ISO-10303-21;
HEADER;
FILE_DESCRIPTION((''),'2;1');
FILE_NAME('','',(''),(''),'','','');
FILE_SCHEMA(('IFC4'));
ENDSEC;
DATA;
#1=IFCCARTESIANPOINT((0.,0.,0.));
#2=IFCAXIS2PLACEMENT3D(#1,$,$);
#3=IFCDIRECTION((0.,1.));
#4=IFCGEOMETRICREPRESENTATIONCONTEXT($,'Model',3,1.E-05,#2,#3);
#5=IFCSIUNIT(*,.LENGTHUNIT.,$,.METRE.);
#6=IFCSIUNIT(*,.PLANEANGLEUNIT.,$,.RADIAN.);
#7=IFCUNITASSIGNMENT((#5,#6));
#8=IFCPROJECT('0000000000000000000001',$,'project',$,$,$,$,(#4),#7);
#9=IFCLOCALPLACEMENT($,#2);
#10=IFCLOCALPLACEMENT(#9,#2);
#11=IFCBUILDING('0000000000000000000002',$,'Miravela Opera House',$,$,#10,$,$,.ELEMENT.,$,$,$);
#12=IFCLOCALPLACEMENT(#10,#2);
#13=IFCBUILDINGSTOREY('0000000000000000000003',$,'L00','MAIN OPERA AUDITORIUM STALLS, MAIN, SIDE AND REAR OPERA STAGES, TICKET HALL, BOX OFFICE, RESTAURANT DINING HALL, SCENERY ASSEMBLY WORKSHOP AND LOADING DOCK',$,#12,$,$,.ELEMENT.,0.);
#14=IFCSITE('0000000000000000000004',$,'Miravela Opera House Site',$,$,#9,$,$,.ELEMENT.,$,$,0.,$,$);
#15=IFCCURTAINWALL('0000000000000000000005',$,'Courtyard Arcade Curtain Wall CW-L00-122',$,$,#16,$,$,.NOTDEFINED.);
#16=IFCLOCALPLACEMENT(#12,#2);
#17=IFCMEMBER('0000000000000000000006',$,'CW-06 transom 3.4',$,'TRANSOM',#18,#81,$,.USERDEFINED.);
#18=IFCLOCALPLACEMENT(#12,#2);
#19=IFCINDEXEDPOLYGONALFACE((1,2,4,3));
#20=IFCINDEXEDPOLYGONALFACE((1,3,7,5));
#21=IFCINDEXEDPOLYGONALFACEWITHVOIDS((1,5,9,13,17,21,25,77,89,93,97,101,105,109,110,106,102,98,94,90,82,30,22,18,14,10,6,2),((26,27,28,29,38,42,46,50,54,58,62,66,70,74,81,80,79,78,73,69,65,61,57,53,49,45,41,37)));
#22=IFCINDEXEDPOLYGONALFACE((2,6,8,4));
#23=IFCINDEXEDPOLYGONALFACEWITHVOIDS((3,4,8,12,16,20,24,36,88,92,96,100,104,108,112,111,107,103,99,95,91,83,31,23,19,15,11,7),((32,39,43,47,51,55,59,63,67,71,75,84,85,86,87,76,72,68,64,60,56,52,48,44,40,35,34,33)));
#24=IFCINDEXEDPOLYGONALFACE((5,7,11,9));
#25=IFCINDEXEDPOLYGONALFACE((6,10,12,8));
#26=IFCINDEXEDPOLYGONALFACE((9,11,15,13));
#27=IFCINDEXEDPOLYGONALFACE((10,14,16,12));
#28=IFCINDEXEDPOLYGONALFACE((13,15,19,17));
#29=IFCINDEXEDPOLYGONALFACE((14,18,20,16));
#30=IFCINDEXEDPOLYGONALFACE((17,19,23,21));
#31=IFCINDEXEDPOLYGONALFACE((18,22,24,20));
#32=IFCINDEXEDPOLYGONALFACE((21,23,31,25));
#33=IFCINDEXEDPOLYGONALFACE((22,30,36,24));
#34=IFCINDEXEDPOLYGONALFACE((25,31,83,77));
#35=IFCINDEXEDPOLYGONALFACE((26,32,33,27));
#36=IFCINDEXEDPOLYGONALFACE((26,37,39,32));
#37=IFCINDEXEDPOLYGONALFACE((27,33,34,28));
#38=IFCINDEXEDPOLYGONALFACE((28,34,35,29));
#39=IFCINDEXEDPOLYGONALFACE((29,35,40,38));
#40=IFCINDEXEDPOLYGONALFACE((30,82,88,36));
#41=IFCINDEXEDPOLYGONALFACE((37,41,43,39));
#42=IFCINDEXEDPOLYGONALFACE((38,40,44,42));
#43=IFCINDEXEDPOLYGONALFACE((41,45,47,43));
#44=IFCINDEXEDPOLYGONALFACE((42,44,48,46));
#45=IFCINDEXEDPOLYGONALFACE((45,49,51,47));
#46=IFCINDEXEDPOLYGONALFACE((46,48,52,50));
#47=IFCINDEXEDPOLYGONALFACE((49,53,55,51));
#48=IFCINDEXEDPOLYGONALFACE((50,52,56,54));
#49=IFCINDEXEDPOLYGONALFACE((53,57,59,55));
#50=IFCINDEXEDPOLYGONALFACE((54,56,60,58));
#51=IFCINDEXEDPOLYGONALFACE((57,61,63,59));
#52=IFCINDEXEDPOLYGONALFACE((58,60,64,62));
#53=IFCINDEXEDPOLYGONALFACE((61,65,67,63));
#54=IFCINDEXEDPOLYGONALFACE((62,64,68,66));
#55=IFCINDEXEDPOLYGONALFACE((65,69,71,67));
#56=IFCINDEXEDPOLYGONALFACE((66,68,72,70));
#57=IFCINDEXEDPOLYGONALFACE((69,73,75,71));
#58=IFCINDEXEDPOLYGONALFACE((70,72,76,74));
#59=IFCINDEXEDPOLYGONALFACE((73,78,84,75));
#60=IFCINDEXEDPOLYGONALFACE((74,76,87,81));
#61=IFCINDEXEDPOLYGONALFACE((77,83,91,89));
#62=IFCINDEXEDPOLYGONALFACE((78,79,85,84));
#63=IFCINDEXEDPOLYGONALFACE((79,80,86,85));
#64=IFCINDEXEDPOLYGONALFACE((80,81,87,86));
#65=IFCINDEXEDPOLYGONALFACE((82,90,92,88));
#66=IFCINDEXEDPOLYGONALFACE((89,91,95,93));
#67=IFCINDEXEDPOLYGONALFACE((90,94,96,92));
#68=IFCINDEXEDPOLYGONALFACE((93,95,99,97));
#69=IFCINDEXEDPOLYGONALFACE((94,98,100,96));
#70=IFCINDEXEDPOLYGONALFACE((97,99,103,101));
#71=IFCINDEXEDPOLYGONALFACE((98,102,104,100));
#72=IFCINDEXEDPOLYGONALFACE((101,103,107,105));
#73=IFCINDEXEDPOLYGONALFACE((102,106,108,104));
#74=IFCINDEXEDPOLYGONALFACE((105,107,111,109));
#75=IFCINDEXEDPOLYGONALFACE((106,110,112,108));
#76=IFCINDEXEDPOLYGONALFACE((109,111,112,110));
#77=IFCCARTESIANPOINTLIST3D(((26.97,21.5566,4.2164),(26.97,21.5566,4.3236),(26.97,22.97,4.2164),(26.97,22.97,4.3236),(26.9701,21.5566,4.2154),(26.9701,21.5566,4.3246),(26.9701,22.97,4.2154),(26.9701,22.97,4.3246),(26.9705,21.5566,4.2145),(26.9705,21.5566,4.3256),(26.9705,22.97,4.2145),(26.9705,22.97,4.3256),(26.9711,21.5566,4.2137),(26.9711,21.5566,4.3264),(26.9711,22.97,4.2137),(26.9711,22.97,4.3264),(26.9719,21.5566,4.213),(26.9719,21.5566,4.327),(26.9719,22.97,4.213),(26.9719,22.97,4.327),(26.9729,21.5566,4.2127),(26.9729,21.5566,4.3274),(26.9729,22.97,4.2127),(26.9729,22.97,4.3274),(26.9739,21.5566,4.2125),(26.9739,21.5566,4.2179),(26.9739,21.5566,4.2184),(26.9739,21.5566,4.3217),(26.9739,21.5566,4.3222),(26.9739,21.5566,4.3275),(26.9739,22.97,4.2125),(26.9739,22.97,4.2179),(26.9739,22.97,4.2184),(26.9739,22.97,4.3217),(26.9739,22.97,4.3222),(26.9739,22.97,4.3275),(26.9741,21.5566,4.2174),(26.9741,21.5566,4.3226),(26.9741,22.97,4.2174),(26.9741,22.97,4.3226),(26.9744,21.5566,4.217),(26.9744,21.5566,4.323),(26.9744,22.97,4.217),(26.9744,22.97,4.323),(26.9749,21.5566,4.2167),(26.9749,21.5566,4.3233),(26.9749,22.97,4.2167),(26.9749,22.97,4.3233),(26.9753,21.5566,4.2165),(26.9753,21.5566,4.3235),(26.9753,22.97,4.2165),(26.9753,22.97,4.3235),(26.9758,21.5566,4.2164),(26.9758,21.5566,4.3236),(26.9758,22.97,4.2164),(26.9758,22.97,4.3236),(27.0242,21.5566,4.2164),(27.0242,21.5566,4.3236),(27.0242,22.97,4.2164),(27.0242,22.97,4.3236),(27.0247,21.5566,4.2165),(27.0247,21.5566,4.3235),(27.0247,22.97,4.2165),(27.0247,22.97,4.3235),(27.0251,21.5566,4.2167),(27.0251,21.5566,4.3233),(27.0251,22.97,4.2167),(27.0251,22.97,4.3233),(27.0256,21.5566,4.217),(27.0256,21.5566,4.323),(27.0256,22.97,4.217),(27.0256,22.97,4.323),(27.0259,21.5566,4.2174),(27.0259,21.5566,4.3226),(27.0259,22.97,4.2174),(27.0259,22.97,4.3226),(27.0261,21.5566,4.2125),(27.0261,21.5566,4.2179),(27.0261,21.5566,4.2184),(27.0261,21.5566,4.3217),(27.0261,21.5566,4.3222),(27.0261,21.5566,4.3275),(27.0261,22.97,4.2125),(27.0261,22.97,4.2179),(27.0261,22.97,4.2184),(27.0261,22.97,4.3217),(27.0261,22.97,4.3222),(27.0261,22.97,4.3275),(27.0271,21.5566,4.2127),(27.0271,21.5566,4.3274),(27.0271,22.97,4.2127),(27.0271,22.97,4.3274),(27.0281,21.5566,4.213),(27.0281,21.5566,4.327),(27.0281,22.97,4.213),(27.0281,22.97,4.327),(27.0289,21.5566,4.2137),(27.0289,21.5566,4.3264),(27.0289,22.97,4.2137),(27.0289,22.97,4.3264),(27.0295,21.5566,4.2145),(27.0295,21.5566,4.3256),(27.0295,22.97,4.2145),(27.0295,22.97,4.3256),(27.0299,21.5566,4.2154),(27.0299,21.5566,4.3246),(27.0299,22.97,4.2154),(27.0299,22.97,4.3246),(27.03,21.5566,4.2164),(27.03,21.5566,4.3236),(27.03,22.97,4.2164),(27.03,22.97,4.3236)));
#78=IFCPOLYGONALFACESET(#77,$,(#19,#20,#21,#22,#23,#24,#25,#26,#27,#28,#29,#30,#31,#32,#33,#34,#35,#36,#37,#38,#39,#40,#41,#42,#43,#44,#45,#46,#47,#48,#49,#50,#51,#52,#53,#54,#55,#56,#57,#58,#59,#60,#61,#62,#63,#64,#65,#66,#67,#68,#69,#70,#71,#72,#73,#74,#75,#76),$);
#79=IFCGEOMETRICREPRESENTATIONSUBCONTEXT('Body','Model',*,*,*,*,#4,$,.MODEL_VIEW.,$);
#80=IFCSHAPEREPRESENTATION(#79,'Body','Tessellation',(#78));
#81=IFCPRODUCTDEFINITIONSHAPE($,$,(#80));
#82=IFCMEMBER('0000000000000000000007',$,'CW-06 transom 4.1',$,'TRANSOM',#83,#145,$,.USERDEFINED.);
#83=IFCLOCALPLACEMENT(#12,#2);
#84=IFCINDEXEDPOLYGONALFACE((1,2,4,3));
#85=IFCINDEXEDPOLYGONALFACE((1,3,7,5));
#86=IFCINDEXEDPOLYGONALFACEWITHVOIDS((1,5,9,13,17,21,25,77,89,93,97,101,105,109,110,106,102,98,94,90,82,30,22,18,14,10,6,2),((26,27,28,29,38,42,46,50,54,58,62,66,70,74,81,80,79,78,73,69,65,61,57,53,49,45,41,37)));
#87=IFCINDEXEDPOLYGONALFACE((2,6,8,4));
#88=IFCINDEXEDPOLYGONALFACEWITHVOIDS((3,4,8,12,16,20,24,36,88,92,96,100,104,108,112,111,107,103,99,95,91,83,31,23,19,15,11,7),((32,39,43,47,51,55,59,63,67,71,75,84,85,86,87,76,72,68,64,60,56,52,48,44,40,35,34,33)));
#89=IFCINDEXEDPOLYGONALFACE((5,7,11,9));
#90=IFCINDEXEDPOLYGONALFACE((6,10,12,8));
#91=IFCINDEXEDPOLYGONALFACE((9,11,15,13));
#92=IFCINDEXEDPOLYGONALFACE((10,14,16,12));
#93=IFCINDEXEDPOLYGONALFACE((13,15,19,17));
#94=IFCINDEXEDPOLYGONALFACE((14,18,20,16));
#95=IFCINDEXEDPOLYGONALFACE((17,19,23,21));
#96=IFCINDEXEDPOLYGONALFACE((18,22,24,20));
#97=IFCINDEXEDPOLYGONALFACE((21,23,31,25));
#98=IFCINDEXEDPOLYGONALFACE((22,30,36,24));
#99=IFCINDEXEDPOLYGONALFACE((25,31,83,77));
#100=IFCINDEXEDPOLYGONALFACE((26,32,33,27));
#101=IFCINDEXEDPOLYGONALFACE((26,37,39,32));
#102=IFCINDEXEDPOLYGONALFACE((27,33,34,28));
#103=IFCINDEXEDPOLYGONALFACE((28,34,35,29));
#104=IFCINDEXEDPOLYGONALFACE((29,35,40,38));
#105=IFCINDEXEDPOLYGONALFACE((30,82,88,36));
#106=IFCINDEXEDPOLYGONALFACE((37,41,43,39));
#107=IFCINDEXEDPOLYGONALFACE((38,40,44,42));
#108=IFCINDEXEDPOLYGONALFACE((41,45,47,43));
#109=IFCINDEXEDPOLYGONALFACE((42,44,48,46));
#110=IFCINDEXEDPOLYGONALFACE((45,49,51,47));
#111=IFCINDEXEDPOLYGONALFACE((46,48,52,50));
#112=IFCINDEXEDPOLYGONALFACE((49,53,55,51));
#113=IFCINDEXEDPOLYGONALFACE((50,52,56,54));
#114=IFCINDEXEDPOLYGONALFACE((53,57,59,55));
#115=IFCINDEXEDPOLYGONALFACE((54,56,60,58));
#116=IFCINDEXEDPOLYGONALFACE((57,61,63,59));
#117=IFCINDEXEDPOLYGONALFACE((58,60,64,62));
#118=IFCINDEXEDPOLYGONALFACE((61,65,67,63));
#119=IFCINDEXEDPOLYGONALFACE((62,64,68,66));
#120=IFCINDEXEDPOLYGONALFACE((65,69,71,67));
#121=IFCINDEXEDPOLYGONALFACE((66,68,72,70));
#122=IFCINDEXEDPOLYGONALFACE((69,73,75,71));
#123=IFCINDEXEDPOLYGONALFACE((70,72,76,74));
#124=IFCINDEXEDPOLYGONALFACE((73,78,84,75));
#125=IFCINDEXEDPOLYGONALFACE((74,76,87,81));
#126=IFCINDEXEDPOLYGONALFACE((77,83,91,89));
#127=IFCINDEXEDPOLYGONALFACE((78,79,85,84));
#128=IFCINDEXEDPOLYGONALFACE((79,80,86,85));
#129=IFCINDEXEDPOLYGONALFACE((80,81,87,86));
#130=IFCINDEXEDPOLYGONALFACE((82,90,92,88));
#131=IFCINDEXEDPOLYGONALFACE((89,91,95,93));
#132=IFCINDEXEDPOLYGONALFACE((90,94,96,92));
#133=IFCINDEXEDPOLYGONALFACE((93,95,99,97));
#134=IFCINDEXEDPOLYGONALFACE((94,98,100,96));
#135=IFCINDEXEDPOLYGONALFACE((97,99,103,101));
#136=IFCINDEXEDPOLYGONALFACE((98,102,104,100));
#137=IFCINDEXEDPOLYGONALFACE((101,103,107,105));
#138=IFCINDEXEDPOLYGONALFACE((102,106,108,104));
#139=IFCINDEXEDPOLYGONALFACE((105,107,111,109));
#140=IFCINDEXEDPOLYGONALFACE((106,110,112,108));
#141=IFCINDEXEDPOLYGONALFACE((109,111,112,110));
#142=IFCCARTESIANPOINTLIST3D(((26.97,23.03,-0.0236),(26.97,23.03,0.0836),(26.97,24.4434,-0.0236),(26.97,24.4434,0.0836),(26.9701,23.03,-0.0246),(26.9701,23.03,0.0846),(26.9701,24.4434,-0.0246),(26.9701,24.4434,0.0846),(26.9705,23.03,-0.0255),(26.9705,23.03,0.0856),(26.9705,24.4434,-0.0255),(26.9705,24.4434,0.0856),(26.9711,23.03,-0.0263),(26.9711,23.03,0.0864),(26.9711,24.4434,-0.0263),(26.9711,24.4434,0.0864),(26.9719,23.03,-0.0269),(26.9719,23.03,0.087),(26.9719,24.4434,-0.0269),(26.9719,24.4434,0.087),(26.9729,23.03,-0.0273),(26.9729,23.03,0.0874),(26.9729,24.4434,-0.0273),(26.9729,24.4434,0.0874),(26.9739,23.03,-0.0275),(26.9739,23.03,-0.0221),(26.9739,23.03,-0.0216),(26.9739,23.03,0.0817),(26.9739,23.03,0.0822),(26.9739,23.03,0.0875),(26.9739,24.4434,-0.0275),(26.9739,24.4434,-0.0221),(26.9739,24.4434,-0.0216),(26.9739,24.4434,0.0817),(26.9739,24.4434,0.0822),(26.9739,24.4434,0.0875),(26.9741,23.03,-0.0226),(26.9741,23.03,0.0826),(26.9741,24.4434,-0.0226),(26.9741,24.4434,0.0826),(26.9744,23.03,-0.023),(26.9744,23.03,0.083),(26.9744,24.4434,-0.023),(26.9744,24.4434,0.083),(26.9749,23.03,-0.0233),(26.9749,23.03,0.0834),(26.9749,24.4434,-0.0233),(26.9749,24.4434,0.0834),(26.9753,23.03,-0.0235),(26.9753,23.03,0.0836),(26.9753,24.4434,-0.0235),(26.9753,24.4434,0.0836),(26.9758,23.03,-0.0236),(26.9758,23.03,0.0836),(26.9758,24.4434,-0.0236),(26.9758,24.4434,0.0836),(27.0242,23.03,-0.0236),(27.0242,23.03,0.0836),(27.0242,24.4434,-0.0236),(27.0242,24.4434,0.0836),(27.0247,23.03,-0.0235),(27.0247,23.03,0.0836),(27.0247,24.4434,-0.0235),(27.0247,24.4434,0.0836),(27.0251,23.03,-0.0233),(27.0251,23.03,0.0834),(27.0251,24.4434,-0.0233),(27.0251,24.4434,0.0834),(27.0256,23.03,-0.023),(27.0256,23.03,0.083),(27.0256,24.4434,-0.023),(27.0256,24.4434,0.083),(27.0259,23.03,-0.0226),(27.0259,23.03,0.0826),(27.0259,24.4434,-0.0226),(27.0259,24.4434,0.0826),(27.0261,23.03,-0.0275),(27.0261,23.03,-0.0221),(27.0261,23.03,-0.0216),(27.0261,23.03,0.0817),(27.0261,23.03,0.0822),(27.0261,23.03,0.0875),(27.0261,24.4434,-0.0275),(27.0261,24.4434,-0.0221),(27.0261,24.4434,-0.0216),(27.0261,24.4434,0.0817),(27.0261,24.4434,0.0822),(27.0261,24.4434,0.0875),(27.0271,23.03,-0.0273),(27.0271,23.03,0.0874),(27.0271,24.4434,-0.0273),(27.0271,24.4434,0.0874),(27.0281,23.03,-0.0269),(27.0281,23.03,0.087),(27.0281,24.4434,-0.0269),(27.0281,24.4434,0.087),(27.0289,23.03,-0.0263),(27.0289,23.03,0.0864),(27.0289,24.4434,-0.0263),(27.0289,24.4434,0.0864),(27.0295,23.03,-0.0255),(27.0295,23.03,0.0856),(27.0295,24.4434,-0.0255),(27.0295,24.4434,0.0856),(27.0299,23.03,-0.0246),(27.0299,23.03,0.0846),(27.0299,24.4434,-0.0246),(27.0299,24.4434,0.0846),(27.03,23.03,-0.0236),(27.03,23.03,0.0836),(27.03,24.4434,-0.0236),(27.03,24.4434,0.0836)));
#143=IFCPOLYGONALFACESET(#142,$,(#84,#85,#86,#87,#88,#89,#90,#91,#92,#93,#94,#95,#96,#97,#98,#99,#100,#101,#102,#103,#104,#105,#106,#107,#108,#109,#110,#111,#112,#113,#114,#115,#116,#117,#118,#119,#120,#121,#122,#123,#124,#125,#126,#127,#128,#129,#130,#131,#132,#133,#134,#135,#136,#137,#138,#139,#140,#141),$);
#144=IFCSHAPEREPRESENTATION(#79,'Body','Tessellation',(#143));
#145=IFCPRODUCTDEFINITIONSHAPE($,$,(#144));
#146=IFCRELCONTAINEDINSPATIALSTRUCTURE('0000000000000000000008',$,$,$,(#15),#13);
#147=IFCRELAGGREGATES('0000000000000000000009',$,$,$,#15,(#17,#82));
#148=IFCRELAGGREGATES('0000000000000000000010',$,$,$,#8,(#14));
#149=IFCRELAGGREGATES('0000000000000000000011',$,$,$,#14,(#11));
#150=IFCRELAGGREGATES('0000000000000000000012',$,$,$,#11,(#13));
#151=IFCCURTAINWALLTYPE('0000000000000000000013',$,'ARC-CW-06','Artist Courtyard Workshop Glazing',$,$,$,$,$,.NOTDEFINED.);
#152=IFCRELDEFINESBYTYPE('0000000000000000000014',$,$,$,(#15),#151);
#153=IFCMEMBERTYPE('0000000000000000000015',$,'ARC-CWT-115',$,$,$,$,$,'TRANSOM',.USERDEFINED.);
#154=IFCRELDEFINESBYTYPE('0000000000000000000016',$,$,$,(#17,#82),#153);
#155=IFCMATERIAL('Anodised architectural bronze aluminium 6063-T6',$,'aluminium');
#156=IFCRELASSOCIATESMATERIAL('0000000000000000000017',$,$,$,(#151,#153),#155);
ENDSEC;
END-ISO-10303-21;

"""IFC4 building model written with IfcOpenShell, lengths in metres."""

from ifc_helpers import new_model, si_unit, direction, frame, origin, origin_2d, place, context, subcontext, project, spatial, hollow_rectangle, extrude, material, material_profile, profile_set, type_object, element, aggregate, save


model = new_model("IFC4")

# Units and contexts
model_context = context("Model", 3, precision=1e-05, world=origin(), true_north=direction((0.0, 1.0)))
body_context = subcontext(model_context, "Body", "Model", "MODEL_VIEW")
ifc_project = project(units=[si_unit("LENGTHUNIT", "METRE"), si_unit("PLANEANGLEUNIT", "RADIAN")], contexts=[model_context])

# Site, building, storey
site_placement = place(None, origin())
site = spatial("IfcSite", under=ifc_project, at=site_placement, Name="Miravela Opera House Site", CompositionType="ELEMENT", RefElevation=0.0)
building_placement = place(site_placement, origin())
building = spatial("IfcBuilding", under=site, at=building_placement, Name="Miravela Opera House", CompositionType="ELEMENT")
storey_placement = place(building_placement, origin())
storey = spatial("IfcBuildingStorey", under=building, at=storey_placement, Name="L00", Description="MAIN OPERA AUDITORIUM STALLS, MAIN, SIDE AND REAR OPERA STAGES, TICKET HALL, BOX OFFICE, RESTAURANT DINING HALL, SCENERY ASSEMBLY WORKSHOP AND LOADING DOCK", CompositionType="ELEMENT", Elevation=0.0)

# Curtain wall, members
ifc_material_1 = material(Name="Anodised architectural bronze aluminium 6063-T6", Category="aluminium")
curtain_wall_type = type_object("IfcCurtainWallType", Name="ARC-CW-06", Description="Artist Courtyard Workshop Glazing", PredefinedType="NOTDEFINED", material=ifc_material_1)
curtain_wall_placement = place(storey_placement, origin())
curtain_wall = element("IfcCurtainWall", 1, at=curtain_wall_placement, inside=storey, type_object=curtain_wall_type, Name="Courtyard Arcade Curtain Wall CW-L00-122", PredefinedType="NOTDEFINED")
ifc_material_profile_1 = material_profile(ifc_material_1, hollow_rectangle(XDim=0.0601, YDim=0.115, WallThickness=0.0039, InnerFilletRadius=0.002, OuterFilletRadius=0.0039, at=origin_2d()), Name="CWT-60X115")
ifc_profile_set_1 = profile_set([ifc_material_profile_1])
member_type_1 = type_object("IfcMemberType", Name="ARC-CWT-115", ElementType="TRANSOM", PredefinedType="USERDEFINED", material=ifc_profile_set_1)
member_1_placement = place(storey_placement, frame((27.0, 21.5566, 4.27), z_axis=(0.0, 1.0, 0.0), x_axis=(-1.0, 0.0, 0.0)))
member_1 = element("IfcMember", 2, at=member_1_placement, type_object=member_type_1, Name="CW-06 transom 3.4", ObjectType="TRANSOM", PredefinedType="USERDEFINED", context=body_context, shape_type="SweptSolid", body=[
    extrude(hollow_rectangle(XDim=0.0601, YDim=0.115, WallThickness=0.0039, InnerFilletRadius=0.002, OuterFilletRadius=0.0039, at=origin_2d()), origin(), (0.0, 0.0, 1.0), 1.4133),
])
member_2_placement = place(storey_placement, frame((27.0, 23.03, 0.03), z_axis=(0.0, 1.0, 0.0), x_axis=(-1.0, 0.0, 0.0)))
member_2 = element("IfcMember", 3, at=member_2_placement, type_object=member_type_1, Name="CW-06 transom 4.1", ObjectType="TRANSOM", PredefinedType="USERDEFINED", context=body_context, shape_type="SweptSolid", body=[
    extrude(hollow_rectangle(XDim=0.0601, YDim=0.115, WallThickness=0.0039, InnerFilletRadius=0.002, OuterFilletRadius=0.0039, at=origin_2d()), origin(), (0.0, 0.0, 1.0), 1.4133),
])
aggregate(curtain_wall, [member_1, member_2])

save(model, "model.ifc")
